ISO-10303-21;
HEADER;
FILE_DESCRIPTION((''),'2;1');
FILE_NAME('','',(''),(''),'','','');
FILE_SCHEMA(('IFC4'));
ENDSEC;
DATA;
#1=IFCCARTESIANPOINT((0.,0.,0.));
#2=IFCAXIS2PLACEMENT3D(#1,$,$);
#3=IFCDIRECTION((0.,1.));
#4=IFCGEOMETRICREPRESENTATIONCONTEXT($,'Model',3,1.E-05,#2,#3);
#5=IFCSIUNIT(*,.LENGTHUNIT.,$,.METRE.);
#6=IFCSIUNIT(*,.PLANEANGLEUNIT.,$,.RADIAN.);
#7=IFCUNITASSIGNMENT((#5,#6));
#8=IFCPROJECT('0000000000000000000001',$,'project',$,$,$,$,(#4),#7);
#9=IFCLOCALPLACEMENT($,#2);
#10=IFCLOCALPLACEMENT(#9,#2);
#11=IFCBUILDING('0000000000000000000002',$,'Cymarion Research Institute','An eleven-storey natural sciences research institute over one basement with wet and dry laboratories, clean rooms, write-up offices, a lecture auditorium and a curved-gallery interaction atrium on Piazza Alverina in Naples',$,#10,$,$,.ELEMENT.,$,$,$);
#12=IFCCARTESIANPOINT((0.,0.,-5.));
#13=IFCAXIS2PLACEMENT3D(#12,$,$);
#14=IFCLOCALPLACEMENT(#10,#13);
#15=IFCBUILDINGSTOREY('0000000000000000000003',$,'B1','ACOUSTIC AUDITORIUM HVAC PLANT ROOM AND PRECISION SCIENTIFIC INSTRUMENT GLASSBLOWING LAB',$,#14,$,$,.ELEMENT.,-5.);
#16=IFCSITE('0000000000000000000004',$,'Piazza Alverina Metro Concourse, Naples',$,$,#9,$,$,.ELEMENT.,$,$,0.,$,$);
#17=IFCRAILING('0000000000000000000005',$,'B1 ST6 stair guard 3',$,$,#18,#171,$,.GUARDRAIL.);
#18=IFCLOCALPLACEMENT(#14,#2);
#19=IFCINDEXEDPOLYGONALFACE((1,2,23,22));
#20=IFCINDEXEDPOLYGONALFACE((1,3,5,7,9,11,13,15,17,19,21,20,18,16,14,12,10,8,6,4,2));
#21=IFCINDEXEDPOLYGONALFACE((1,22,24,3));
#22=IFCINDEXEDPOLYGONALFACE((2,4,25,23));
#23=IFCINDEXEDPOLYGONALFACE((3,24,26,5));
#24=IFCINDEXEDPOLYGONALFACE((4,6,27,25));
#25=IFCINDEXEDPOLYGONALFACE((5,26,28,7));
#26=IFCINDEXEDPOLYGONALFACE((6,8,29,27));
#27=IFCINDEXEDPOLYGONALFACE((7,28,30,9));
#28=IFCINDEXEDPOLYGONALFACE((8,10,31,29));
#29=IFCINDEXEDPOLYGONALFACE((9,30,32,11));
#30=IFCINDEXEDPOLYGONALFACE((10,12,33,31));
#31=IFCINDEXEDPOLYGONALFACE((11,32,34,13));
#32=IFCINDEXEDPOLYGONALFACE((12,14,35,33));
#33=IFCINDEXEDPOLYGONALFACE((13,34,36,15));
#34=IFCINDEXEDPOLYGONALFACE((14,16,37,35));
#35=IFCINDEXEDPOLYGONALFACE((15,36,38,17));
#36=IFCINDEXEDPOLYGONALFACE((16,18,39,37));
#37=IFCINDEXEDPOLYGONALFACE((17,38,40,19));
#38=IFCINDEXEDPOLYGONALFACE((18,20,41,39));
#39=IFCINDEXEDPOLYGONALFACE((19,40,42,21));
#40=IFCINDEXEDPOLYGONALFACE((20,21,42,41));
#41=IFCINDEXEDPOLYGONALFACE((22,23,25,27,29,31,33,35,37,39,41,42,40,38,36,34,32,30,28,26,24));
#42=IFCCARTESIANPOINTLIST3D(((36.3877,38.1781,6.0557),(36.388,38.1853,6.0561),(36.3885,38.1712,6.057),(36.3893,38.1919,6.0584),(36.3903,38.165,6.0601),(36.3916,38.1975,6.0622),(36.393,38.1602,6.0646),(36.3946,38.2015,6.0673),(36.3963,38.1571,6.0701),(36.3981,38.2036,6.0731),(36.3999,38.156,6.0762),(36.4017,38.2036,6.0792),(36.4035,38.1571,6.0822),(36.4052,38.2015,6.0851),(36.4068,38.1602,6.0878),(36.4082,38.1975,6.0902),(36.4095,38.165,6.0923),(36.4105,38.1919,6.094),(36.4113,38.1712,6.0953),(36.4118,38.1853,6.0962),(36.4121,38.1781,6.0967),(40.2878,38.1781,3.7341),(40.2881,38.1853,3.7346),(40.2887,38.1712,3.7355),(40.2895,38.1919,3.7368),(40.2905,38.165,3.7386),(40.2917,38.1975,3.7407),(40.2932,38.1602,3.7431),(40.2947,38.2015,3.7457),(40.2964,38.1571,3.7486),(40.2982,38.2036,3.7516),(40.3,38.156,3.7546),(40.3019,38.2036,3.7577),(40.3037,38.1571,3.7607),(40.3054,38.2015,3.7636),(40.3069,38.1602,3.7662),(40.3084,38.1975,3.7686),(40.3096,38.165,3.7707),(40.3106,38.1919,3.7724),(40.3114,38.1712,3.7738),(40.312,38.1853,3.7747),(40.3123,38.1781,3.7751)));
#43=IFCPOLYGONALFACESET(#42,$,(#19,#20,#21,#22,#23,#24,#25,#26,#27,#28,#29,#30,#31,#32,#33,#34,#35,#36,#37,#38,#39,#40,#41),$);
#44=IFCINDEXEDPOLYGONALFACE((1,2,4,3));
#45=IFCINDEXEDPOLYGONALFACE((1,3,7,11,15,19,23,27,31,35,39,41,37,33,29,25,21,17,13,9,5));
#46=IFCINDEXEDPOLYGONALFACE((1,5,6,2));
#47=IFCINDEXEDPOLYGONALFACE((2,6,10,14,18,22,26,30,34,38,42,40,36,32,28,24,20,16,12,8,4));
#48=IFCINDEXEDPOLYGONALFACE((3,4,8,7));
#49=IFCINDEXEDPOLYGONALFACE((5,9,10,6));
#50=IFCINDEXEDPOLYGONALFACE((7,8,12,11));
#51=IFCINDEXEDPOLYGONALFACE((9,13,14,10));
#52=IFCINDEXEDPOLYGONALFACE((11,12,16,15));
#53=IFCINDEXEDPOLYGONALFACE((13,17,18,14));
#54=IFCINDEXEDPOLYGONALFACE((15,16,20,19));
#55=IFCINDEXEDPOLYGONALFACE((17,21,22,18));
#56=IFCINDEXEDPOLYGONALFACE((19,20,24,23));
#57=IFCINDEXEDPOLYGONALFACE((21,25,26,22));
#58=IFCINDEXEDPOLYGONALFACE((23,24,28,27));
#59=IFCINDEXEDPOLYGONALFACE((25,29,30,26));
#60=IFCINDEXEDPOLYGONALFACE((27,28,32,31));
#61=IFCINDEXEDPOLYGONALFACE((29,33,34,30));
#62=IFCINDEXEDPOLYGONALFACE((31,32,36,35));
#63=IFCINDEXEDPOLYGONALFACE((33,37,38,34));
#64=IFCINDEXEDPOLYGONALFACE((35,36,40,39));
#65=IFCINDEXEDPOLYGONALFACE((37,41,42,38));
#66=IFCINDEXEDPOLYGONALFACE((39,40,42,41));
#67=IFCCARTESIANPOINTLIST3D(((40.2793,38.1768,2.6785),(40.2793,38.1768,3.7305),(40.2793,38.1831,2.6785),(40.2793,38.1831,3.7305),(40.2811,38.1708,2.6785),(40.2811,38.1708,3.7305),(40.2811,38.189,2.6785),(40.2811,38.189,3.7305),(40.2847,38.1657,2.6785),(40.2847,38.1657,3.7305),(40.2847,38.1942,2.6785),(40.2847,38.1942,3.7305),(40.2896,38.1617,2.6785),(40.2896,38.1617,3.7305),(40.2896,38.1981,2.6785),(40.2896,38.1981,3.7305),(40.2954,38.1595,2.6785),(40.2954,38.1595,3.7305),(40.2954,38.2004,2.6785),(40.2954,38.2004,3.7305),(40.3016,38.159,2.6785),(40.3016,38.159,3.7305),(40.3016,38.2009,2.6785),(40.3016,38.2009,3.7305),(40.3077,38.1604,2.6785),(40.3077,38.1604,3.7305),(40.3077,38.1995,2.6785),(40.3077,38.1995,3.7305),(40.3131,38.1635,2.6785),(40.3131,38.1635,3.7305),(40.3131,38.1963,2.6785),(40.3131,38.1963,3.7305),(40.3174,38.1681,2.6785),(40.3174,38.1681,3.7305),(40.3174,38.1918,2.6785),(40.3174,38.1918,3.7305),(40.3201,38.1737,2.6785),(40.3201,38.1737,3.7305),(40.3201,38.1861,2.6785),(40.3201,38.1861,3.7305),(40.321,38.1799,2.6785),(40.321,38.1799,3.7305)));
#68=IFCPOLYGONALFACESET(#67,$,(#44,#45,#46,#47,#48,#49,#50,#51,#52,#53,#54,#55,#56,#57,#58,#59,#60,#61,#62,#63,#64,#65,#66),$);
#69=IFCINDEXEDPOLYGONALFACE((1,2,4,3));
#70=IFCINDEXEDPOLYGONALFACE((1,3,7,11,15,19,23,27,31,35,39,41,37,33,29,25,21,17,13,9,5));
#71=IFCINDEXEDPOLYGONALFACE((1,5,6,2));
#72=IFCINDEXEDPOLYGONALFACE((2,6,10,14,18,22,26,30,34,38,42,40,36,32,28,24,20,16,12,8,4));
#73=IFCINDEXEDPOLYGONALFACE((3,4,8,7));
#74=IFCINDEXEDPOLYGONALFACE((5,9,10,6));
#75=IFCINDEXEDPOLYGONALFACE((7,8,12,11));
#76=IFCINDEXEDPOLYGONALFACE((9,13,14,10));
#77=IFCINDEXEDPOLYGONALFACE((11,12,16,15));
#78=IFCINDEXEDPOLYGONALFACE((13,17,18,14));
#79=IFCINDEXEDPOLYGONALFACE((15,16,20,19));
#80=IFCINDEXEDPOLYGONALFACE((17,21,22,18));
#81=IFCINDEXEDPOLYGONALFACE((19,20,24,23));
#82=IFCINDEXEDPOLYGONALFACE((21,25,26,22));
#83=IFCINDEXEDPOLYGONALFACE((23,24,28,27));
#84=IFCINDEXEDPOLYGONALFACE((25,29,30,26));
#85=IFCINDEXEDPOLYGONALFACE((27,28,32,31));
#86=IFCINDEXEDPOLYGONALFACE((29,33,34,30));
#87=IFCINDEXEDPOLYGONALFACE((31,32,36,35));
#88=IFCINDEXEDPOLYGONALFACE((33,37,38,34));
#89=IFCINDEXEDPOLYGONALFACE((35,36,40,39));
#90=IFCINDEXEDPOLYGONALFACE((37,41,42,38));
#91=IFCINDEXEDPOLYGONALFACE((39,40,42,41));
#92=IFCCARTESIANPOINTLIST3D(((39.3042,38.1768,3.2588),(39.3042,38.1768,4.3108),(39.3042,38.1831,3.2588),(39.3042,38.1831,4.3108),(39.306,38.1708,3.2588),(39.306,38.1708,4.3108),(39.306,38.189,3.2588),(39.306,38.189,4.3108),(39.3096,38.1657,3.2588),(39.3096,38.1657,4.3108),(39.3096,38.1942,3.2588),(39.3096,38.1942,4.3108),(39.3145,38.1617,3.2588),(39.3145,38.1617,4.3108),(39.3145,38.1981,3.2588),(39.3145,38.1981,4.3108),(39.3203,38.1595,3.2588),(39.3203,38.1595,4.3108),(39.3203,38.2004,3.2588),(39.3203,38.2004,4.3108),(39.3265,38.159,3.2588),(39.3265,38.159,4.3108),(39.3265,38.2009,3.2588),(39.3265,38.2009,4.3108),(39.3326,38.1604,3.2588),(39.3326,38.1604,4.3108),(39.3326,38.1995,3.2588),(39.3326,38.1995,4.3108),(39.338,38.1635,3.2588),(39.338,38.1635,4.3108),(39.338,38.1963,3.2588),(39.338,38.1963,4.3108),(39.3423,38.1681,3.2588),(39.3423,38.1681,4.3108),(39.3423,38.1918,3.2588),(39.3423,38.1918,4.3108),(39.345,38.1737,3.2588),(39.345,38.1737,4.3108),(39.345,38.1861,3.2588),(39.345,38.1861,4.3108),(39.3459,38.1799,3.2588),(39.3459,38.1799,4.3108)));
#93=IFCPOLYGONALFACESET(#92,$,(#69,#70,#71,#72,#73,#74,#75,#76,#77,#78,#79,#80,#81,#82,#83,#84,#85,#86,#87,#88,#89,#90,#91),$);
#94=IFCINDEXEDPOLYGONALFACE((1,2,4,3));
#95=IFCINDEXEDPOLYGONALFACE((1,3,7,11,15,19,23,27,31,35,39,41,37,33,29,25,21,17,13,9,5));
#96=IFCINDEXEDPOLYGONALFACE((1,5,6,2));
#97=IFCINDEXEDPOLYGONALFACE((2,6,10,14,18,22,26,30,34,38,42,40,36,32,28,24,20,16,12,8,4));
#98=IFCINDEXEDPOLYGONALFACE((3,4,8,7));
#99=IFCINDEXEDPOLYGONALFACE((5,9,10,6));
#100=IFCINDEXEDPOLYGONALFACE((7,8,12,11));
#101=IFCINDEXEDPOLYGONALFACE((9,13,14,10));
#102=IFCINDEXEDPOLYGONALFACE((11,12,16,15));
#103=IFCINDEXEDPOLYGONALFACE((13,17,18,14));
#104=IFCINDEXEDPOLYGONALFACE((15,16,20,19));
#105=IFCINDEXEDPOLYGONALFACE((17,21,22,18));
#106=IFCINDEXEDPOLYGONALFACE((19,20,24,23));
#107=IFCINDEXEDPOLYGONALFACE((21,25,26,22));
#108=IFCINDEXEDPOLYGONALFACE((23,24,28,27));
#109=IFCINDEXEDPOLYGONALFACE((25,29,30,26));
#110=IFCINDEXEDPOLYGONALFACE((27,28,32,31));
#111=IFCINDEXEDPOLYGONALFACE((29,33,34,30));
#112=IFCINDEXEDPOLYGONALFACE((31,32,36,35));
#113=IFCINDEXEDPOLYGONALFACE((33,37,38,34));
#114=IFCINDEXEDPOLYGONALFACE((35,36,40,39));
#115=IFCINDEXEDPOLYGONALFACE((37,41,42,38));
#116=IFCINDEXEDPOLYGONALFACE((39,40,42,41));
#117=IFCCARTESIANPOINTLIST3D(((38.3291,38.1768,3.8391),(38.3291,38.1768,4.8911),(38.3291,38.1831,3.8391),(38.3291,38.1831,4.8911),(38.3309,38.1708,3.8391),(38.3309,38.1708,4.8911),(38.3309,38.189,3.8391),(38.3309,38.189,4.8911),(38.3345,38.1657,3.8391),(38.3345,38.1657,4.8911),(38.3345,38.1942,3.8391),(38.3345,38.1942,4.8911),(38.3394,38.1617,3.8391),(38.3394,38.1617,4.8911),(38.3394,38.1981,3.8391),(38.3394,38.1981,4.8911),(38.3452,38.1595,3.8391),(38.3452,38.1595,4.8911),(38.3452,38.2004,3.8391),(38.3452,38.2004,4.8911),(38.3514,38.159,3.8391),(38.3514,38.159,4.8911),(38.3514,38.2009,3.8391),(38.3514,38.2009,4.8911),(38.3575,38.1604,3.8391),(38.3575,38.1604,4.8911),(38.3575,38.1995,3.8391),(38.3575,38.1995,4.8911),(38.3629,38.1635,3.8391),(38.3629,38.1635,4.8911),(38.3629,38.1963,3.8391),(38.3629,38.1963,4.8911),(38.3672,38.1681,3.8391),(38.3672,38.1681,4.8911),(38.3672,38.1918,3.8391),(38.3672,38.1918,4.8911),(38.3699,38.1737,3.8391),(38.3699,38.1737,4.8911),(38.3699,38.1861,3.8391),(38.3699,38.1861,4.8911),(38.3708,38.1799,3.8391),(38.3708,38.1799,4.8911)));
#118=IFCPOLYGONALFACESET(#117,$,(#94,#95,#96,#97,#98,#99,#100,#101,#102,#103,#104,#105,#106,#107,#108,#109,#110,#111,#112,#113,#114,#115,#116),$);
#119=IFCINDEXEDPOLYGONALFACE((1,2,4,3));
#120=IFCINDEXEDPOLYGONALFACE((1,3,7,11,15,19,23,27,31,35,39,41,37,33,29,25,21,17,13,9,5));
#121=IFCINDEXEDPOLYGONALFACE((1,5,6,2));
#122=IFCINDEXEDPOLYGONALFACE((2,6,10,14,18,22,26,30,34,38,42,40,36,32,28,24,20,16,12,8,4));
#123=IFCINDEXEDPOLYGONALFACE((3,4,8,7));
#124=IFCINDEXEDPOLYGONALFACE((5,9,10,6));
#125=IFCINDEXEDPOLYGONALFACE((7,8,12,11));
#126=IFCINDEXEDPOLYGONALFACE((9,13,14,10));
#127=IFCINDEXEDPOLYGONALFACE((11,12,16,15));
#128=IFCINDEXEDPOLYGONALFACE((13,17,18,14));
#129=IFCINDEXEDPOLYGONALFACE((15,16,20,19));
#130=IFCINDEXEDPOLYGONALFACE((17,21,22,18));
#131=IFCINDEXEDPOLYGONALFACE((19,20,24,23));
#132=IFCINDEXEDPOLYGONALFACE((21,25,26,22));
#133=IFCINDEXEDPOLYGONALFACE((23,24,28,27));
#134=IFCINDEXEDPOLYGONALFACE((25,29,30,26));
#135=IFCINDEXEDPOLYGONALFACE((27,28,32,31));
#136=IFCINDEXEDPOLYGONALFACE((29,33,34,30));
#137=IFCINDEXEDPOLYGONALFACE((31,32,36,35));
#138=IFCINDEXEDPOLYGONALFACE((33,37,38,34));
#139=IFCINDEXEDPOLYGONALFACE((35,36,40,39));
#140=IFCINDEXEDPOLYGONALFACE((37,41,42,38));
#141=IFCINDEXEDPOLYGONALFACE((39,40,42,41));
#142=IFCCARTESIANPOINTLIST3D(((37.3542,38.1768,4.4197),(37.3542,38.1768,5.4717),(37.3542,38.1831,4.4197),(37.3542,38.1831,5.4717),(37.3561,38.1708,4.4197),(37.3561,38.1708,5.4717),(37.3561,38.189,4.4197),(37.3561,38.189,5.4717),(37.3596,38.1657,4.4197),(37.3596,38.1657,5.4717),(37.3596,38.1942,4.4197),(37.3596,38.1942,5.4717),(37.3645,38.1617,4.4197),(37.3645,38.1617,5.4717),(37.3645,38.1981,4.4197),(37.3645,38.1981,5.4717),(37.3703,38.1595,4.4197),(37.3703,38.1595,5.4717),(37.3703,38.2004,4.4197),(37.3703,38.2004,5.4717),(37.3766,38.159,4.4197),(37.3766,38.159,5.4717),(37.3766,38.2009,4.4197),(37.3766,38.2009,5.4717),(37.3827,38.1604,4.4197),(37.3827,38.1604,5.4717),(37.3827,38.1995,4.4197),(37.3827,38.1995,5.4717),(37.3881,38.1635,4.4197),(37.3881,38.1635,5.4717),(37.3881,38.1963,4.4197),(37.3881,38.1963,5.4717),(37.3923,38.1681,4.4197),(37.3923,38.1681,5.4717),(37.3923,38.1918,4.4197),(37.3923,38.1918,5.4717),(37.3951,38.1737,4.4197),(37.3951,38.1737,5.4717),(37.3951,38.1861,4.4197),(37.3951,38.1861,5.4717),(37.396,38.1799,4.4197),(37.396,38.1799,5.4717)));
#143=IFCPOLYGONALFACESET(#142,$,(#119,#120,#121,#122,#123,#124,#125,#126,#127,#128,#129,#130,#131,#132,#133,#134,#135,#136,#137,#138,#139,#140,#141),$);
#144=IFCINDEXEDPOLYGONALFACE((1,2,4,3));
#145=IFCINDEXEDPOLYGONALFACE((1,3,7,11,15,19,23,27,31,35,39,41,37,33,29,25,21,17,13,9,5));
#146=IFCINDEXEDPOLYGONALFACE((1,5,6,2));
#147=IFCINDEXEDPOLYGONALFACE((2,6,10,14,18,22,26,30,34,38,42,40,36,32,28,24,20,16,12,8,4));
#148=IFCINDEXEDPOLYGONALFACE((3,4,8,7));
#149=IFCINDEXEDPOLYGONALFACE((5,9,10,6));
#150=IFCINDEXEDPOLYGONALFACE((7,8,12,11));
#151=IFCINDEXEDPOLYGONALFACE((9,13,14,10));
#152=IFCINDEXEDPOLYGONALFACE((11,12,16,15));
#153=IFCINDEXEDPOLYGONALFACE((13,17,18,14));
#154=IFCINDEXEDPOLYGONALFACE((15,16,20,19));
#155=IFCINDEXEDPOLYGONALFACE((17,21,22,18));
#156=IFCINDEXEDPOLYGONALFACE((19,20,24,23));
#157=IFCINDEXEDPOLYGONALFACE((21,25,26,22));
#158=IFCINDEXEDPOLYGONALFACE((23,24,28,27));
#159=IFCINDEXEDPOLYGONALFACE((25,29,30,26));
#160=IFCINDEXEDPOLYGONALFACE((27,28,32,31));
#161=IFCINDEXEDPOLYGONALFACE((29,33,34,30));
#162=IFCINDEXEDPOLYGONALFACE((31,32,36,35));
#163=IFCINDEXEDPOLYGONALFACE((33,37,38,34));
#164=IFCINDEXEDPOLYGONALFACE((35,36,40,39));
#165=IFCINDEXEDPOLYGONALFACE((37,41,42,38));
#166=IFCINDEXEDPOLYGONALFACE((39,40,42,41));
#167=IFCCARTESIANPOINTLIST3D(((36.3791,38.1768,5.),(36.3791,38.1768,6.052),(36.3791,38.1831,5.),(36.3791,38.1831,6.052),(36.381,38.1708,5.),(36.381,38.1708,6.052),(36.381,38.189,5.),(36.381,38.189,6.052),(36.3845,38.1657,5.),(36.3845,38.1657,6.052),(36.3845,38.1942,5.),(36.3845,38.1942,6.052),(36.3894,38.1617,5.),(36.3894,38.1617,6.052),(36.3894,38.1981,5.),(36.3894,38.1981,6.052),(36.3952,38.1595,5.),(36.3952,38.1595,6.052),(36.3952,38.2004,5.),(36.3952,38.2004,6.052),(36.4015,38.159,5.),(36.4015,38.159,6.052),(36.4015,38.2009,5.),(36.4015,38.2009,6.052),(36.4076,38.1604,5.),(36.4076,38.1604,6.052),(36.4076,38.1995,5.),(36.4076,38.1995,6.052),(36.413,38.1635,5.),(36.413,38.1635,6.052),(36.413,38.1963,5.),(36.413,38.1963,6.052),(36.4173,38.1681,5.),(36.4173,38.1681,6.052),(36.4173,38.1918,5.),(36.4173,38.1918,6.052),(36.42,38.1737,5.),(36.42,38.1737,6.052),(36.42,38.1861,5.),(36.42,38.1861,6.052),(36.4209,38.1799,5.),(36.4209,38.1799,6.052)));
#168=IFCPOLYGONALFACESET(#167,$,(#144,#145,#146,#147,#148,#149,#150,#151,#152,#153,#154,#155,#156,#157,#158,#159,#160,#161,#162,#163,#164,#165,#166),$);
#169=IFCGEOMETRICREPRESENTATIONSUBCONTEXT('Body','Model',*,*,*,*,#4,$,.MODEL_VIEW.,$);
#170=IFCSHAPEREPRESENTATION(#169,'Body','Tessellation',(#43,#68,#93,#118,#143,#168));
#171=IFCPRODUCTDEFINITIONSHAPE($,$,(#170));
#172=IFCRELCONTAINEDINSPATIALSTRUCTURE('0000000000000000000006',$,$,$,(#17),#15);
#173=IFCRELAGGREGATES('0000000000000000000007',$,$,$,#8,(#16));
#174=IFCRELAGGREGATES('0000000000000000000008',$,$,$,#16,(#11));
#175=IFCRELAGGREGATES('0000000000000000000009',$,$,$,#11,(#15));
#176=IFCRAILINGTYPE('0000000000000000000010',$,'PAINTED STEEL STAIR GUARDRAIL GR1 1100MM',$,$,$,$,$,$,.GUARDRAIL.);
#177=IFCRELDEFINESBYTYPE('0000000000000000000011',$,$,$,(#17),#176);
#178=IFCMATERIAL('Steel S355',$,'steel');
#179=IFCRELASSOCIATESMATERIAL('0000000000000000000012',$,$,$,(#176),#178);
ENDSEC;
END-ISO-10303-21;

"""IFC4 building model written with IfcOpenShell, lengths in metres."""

from ifc_helpers import new_model, si_unit, direction, frame, origin, origin_2d, place, context, subcontext, project, spatial, circle, extrude, material, type_object, element, save


model = new_model("IFC4")

# Units and contexts
model_context = context("Model", 3, precision=1e-05, world=origin(), true_north=direction((0.0, 1.0)))
body_context = subcontext(model_context, "Body", "Model", "MODEL_VIEW")
ifc_project = project(units=[si_unit("LENGTHUNIT", "METRE"), si_unit("PLANEANGLEUNIT", "RADIAN")], contexts=[model_context])

# Site, building, storey
site_placement = place(None, origin())
site = spatial("IfcSite", under=ifc_project, at=site_placement, Name="Piazza Alverina Metro Concourse, Naples", CompositionType="ELEMENT", RefElevation=0.0)
building_placement = place(site_placement, origin())
building = spatial("IfcBuilding", under=site, at=building_placement, Name="Cymarion Research Institute", Description="An eleven-storey natural sciences research institute over one basement with wet and dry laboratories, clean rooms, write-up offices, a lecture auditorium and a curved-gallery interaction atrium on Piazza Alverina in Naples", CompositionType="ELEMENT")
storey_placement = place(building_placement, frame((0.0, 0.0, -5.0)))
storey = spatial("IfcBuildingStorey", under=building, at=storey_placement, Name="B1", Description="ACOUSTIC AUDITORIUM HVAC PLANT ROOM AND PRECISION SCIENTIFIC INSTRUMENT GLASSBLOWING LAB", CompositionType="ELEMENT", Elevation=-5.0)

# Shared definitions
ifc_material_1 = material(Name="Steel S355", Category="steel")

# Railing
railing_type_1 = type_object("IfcRailingType", Name="PAINTED STEEL STAIR GUARDRAIL GR1 1100MM", PredefinedType="GUARDRAIL", material=ifc_material_1)
railing_1_placement = place(storey_placement, frame((40.3, 38.1799, 2.6785)))
element("IfcRailing", 1, at=railing_1_placement, inside=storey, type_object=railing_type_1, Name="B1 ST6 stair guard 3", PredefinedType="GUARDRAIL", context=body_context, shape_type="SweptSolid", body=[
    extrude(circle(Radius=0.0239, at=origin_2d()), frame((0.0, 0.0, 1.0762), z_axis=(-0.859291, 0.0, 0.511487), x_axis=(0.0, -1.0, 0.0)), (0.0, 0.0, 1.0), 4.5388),
    extrude(circle(Radius=0.021, at=origin_2d()), origin(), (0.0, 0.0, 1.0), 1.052),
    extrude(circle(Radius=0.021, at=origin_2d()), frame((-0.9751, 0.0, 0.5803)), (0.0, 0.0, 1.0), 1.052),
    extrude(circle(Radius=0.021, at=origin_2d()), frame((-1.9502, 0.0, 1.1606)), (0.0, 0.0, 1.0), 1.052),
    extrude(circle(Radius=0.021, at=origin_2d()), frame((-2.925, 0.0, 1.7412)), (0.0, 0.0, 1.0), 1.052),
    extrude(circle(Radius=0.021, at=origin_2d()), frame((-3.9001, 0.0, 2.3215)), (0.0, 0.0, 1.0), 1.052),
])

save(model, "model.ifc")
